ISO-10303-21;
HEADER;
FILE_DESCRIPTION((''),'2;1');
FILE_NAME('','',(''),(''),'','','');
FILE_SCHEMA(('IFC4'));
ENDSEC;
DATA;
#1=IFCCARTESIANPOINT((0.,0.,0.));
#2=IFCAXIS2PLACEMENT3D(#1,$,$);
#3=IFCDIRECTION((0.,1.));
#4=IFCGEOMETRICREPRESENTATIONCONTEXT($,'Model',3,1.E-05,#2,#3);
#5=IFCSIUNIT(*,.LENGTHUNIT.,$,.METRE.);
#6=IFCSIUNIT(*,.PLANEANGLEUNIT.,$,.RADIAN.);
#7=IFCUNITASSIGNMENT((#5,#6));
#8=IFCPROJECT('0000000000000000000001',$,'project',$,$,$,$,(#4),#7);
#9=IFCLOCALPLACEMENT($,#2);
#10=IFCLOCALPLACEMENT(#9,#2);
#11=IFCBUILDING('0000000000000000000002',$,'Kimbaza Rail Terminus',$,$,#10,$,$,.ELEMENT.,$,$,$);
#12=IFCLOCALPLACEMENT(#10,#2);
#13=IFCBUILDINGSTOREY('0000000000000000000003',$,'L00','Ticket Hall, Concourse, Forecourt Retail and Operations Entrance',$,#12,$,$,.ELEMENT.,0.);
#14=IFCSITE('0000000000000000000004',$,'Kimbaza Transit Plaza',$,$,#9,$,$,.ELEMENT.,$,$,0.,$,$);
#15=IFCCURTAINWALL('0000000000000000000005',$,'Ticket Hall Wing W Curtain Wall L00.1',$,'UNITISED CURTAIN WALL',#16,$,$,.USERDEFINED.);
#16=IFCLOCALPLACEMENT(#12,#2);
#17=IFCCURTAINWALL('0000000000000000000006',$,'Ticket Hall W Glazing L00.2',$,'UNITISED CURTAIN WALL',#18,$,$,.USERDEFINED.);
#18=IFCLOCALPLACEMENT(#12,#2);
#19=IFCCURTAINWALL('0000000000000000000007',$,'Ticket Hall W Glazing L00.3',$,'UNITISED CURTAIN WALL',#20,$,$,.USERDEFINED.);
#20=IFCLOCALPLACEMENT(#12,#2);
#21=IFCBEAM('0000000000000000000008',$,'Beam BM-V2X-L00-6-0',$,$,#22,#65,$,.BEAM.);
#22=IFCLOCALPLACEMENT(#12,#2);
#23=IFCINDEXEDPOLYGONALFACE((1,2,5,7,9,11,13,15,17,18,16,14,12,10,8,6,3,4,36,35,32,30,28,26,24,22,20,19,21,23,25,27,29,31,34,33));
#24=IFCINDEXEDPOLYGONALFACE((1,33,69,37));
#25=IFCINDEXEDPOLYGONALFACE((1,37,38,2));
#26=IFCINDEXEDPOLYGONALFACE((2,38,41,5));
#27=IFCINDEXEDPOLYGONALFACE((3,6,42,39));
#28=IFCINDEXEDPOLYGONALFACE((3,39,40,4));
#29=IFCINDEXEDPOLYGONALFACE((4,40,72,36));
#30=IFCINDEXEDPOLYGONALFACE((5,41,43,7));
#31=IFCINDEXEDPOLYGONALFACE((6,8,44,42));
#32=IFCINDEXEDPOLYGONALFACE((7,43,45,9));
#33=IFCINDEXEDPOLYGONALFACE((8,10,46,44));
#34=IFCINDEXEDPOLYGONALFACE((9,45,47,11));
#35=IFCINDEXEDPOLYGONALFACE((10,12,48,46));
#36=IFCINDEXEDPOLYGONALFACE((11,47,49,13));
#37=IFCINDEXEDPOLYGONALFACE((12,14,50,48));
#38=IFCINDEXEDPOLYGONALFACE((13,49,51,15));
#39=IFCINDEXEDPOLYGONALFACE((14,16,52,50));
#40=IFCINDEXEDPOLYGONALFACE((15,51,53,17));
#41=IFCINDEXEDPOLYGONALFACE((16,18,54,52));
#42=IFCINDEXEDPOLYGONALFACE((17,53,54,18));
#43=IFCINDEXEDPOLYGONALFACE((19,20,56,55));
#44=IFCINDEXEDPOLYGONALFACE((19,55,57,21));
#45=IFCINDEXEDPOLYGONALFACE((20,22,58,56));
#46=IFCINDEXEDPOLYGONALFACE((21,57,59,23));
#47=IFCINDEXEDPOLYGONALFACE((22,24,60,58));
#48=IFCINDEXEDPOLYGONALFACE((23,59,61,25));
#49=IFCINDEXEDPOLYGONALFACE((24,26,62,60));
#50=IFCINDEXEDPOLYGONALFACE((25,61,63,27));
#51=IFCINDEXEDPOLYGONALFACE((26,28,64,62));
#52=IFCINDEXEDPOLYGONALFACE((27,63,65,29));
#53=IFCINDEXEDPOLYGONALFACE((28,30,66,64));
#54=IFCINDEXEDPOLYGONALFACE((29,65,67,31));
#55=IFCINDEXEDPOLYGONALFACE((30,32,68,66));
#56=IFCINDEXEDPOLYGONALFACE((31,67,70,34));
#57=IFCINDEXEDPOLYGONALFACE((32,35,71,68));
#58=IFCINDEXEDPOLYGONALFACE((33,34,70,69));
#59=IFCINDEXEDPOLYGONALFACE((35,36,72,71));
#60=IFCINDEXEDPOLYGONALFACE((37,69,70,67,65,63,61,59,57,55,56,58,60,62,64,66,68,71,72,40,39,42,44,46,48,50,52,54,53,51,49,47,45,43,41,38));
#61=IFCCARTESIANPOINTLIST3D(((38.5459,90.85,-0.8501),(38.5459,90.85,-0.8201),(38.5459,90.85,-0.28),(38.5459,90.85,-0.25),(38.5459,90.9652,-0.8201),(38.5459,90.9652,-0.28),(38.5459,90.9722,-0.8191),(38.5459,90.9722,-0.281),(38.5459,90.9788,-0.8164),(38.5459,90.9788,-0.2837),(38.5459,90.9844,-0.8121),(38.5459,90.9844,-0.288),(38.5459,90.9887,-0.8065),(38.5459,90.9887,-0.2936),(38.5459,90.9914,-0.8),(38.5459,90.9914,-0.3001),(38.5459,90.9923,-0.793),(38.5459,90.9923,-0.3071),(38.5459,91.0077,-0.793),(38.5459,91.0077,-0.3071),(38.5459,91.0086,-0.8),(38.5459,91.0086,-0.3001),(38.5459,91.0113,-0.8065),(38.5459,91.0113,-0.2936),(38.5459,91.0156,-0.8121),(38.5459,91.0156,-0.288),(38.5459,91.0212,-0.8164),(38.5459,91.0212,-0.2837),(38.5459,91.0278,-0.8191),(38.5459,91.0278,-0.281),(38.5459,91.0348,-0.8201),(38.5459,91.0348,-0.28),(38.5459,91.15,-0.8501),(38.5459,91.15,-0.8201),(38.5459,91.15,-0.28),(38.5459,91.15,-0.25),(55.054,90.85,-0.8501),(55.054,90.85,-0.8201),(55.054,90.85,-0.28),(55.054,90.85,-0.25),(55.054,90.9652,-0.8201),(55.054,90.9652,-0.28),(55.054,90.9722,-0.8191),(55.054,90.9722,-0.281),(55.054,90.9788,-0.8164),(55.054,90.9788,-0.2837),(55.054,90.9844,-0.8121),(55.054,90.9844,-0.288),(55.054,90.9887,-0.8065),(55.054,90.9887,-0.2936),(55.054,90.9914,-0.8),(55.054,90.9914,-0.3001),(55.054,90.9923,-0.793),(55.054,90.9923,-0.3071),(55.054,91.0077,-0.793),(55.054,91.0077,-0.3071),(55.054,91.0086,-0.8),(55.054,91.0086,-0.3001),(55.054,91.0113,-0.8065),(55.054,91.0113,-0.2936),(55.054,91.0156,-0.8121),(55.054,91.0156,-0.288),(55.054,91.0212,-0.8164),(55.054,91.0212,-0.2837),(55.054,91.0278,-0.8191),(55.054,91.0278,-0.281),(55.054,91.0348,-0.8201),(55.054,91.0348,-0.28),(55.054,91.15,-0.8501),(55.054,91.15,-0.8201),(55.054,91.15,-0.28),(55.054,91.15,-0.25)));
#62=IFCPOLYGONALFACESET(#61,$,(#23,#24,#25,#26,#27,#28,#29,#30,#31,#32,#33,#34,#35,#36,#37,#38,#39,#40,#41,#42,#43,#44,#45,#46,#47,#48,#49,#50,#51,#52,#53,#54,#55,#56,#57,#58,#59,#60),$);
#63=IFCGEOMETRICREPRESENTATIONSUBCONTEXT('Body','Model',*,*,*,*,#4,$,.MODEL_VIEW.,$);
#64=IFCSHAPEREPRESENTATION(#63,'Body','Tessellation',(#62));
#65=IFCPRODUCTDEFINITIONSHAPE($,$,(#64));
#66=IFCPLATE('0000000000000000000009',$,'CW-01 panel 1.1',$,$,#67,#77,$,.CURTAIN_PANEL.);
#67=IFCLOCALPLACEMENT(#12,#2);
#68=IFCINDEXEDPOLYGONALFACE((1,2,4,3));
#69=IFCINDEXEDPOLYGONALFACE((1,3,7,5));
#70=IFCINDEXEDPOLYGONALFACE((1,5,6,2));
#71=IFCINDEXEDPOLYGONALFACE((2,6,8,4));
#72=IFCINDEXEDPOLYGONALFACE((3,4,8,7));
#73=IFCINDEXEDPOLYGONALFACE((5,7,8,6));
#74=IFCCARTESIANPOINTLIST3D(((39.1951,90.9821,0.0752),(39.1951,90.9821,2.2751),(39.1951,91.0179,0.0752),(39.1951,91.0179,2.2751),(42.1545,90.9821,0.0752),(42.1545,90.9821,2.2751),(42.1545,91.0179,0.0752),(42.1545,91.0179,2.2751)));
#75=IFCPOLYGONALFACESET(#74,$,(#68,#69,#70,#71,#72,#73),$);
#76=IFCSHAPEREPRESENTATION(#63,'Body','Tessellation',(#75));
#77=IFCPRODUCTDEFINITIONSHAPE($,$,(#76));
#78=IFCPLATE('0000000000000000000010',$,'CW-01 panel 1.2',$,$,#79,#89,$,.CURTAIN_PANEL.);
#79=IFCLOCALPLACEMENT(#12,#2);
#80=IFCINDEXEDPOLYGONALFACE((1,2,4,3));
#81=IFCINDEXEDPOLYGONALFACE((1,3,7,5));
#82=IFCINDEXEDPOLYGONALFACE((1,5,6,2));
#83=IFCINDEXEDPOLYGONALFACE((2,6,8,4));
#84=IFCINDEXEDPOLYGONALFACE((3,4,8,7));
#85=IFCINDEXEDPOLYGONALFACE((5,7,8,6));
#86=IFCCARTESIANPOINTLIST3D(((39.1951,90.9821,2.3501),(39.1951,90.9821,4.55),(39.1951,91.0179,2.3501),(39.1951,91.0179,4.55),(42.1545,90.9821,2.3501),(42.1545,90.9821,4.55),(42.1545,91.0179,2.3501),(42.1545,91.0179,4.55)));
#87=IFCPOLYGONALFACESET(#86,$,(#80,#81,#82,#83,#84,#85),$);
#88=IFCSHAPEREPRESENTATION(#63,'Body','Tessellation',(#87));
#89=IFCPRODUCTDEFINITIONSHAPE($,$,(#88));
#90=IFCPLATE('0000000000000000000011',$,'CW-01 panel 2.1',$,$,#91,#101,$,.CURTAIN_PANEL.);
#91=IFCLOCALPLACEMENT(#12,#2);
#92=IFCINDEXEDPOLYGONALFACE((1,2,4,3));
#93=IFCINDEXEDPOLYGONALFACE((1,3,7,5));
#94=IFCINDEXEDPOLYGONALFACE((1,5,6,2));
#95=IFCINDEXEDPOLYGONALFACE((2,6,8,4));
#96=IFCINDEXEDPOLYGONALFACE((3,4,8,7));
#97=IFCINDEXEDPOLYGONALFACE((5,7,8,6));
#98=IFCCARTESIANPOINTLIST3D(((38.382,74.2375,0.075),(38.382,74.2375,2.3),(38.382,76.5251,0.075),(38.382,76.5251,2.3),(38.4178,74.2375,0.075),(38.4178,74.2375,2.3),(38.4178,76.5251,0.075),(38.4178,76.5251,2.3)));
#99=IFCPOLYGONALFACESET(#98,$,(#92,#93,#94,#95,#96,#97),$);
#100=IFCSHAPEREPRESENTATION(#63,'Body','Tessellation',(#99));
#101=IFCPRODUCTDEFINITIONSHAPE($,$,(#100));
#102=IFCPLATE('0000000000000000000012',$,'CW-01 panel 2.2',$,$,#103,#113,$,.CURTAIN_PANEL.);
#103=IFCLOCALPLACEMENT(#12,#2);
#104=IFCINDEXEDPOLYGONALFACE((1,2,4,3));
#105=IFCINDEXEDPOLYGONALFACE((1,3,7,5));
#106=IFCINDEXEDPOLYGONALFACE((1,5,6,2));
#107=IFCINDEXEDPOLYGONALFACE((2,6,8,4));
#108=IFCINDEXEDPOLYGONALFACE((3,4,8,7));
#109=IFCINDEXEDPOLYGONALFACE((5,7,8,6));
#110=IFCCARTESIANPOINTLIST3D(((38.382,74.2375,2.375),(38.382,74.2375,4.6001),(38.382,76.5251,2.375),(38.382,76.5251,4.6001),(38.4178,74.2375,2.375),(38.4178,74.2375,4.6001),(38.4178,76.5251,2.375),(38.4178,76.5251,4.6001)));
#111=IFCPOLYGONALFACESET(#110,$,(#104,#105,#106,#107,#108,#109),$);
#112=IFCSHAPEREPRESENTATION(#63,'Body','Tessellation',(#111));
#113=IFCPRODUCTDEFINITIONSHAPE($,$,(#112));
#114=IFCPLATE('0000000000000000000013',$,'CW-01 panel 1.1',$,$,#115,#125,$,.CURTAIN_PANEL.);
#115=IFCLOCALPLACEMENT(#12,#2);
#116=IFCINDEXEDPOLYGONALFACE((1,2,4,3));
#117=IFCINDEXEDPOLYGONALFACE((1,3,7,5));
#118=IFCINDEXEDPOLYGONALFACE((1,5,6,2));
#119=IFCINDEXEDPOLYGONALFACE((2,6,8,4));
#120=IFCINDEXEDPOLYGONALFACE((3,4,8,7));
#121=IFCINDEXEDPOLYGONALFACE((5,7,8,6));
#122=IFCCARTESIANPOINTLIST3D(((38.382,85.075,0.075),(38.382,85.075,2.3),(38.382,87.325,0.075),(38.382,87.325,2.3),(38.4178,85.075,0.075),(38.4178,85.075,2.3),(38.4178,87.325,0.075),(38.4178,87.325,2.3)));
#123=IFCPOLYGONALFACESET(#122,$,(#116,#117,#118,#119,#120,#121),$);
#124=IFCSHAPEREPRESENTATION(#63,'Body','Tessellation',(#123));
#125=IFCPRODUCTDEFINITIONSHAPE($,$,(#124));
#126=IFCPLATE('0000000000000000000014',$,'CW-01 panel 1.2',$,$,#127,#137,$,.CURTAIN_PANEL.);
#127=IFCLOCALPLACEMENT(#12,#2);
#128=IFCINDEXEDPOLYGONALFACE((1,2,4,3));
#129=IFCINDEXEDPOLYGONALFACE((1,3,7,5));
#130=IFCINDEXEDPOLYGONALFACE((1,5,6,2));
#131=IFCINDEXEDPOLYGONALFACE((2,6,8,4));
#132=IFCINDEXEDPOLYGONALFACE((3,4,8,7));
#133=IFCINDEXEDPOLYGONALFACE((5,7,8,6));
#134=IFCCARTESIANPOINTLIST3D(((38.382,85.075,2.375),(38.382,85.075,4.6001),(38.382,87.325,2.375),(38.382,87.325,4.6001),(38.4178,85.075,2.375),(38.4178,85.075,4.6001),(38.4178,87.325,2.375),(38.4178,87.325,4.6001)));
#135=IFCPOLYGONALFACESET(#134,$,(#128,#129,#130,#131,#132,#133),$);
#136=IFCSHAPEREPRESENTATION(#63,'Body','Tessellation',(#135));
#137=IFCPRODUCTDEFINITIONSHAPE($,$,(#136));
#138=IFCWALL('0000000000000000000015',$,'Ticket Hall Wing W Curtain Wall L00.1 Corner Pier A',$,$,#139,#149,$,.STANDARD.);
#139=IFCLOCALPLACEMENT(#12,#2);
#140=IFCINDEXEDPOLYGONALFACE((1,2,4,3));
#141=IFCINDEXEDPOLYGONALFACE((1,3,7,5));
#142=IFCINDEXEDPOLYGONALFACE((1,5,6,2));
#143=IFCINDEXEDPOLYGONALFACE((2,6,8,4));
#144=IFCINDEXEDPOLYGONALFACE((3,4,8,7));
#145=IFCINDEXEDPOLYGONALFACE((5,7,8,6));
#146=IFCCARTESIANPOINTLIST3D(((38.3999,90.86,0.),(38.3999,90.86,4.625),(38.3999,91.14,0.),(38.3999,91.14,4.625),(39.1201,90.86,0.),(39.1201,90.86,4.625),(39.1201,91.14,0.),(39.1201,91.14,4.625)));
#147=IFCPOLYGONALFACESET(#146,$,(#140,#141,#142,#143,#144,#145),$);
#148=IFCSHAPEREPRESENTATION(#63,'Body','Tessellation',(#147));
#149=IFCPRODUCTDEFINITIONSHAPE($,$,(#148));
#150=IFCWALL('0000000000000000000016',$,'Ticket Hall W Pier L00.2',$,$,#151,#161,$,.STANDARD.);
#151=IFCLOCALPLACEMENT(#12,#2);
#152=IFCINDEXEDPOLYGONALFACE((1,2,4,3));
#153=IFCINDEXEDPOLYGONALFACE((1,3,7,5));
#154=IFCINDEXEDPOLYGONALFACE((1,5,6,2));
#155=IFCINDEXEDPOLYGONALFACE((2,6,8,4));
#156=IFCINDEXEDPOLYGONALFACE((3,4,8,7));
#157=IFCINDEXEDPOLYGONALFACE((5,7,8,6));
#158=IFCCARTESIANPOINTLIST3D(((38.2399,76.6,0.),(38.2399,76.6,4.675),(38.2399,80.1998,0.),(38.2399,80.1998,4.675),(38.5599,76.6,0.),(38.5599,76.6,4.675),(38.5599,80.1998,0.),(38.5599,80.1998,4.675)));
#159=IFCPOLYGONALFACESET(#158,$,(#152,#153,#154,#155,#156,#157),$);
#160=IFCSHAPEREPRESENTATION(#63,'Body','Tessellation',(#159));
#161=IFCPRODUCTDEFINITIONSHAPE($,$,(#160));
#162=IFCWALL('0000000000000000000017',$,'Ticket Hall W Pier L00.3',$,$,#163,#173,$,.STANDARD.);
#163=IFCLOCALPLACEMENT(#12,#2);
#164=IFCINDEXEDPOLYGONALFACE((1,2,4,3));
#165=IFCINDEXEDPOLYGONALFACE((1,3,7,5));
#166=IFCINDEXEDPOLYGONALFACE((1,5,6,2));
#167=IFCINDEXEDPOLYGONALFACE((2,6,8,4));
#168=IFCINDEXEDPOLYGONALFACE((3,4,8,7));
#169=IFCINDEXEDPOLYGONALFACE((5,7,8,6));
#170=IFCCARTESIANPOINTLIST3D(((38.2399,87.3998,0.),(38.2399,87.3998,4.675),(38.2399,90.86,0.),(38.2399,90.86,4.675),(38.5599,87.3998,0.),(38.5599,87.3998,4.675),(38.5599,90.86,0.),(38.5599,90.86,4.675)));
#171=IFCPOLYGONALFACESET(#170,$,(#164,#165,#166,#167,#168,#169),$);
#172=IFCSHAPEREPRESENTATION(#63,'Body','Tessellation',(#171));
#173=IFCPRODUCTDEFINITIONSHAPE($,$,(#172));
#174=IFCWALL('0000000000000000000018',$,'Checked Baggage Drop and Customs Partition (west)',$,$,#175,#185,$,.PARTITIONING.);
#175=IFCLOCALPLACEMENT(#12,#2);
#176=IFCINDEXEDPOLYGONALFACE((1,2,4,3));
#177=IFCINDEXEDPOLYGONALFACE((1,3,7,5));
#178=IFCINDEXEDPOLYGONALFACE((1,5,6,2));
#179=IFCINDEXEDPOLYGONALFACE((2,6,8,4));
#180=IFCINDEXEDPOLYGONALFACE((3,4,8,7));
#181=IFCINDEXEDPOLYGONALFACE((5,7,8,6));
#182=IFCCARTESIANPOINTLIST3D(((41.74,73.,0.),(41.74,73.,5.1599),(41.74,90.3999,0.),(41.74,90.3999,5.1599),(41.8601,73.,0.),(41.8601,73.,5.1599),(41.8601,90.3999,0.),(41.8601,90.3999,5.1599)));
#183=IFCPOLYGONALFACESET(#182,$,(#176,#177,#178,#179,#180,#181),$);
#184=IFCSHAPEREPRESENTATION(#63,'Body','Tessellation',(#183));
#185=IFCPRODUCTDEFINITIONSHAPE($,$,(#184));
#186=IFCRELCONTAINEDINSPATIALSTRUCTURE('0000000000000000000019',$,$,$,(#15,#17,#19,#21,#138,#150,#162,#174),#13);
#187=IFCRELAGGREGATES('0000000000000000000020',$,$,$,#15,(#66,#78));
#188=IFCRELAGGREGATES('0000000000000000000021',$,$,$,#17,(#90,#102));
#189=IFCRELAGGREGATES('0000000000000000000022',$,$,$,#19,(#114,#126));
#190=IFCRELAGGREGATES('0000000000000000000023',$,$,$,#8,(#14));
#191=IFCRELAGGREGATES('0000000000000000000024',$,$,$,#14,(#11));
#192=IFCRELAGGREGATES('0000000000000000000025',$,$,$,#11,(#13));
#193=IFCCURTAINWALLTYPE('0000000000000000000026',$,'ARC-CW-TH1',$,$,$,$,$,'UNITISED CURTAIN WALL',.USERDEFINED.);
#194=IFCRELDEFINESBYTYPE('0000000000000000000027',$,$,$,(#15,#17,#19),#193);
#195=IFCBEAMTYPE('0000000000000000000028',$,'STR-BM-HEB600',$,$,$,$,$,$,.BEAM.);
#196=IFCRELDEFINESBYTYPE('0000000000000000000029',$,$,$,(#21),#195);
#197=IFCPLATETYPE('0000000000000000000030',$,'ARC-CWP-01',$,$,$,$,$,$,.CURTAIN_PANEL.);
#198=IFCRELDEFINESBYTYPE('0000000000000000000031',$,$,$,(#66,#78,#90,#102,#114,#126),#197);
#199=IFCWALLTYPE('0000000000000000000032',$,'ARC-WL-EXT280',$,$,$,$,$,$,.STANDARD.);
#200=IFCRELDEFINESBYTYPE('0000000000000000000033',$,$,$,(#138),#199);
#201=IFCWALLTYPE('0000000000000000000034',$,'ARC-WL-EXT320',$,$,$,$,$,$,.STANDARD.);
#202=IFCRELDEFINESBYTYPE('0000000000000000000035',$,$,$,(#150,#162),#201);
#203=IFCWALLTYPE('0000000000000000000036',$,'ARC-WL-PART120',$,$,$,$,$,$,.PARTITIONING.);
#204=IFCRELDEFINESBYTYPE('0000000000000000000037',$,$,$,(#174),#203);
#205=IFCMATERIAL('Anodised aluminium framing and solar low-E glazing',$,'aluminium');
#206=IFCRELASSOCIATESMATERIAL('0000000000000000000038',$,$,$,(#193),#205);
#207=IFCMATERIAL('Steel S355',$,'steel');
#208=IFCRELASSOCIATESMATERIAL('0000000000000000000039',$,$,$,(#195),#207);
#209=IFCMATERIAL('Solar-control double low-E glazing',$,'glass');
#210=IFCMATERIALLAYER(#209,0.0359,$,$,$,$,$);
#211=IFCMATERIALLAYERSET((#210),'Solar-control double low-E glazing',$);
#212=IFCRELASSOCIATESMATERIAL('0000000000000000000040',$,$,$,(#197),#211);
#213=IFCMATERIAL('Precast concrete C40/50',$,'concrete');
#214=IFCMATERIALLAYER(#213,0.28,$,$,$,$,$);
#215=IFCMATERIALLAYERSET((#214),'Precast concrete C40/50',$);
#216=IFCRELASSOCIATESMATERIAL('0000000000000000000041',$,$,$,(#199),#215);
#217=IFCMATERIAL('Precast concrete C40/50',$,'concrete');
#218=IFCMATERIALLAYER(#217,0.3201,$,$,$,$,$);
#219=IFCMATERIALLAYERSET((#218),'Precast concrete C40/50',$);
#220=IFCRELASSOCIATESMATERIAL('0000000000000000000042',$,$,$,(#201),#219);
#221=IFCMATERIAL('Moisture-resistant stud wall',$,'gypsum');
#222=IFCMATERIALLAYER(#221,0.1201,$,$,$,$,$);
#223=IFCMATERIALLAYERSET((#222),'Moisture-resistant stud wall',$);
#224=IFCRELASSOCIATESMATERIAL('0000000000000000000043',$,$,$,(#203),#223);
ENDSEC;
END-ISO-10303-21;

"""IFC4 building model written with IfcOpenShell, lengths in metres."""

from ifc_helpers import new_model, si_unit, direction, frame, frame_2d, origin, origin_2d, place, context, subcontext, project, spatial, rectangle, i_section, extrude, material, layer, layer_set, material_profile, profile_set, type_object, element, aggregate, save


model = new_model("IFC4")

# Units and contexts
model_context = context("Model", 3, precision=1e-05, world=origin(), true_north=direction((0.0, 1.0)))
body_context = subcontext(model_context, "Body", "Model", "MODEL_VIEW")
ifc_project = project(units=[si_unit("LENGTHUNIT", "METRE"), si_unit("PLANEANGLEUNIT", "RADIAN")], contexts=[model_context])

# Site, building, storey
site_placement = place(None, origin())
site = spatial("IfcSite", under=ifc_project, at=site_placement, Name="Kimbaza Transit Plaza", CompositionType="ELEMENT", RefElevation=0.0)
building_placement = place(site_placement, origin())
building = spatial("IfcBuilding", under=site, at=building_placement, Name="Kimbaza Rail Terminus", CompositionType="ELEMENT")
storey_placement = place(building_placement, origin())
storey = spatial("IfcBuildingStorey", under=building, at=storey_placement, Name="L00", Description="Ticket Hall, Concourse, Forecourt Retail and Operations Entrance", CompositionType="ELEMENT", Elevation=0.0)

# Curtain wall
ifc_material_1 = material(Name="Anodised aluminium framing and solar low-E glazing", Category="aluminium")
curtain_wall_type = type_object("IfcCurtainWallType", Name="ARC-CW-TH1", ElementType="UNITISED CURTAIN WALL", PredefinedType="USERDEFINED", material=ifc_material_1)
curtain_wall_1_placement = place(storey_placement, origin())
curtain_wall_1 = element("IfcCurtainWall", 1, at=curtain_wall_1_placement, inside=storey, type_object=curtain_wall_type, Name="Ticket Hall Wing W Curtain Wall L00.1", ObjectType="UNITISED CURTAIN WALL", PredefinedType="USERDEFINED")

# Curtain wall
curtain_wall_2_placement = place(storey_placement, origin())
curtain_wall_2 = element("IfcCurtainWall", 2, at=curtain_wall_2_placement, inside=storey, type_object=curtain_wall_type, Name="Ticket Hall W Glazing L00.2", ObjectType="UNITISED CURTAIN WALL", PredefinedType="USERDEFINED")

# Curtain wall
curtain_wall_3_placement = place(storey_placement, origin())
curtain_wall_3 = element("IfcCurtainWall", 3, at=curtain_wall_3_placement, inside=storey, type_object=curtain_wall_type, Name="Ticket Hall W Glazing L00.3", ObjectType="UNITISED CURTAIN WALL", PredefinedType="USERDEFINED")

# Beam
ifc_material_2 = material(Name="Steel S355", Category="steel")
ifc_material_profile_1 = material_profile(ifc_material_2, i_section(OverallWidth=0.3, OverallDepth=0.6001, WebThickness=0.0154, FlangeThickness=0.03, FilletRadius=0.0271, at=origin_2d()), Name="HEB 600")
ifc_profile_set_1 = profile_set([ifc_material_profile_1], Name="Steel S355")
beam_type_1 = type_object("IfcBeamType", Name="STR-BM-HEB600", PredefinedType="BEAM", material=ifc_profile_set_1)
for number, where, z_axis, x_axis, name in (
    (4, (38.5459, 91.0, -0.55), (1.0, 0.0, 0.0), (0.0, 1.0, 0.0), "Beam BM-V2X-L00-6-0"),
):
    element("IfcBeam", number, at=place(storey_placement, frame(where, z_axis=z_axis, x_axis=x_axis)), inside=storey, type_object=beam_type_1, Name=name, PredefinedType="BEAM", context=body_context, shape_type="SweptSolid", body=[
        extrude(i_section(OverallWidth=0.3, OverallDepth=0.6001, WebThickness=0.0154, FlangeThickness=0.03, FilletRadius=0.0271, at=origin_2d()), origin(), (0.0, 0.0, 1.0), 16.5081),
    ])

# Plates
ifc_material_3 = material(Name="Solar-control double low-E glazing", Category="glass")
ifc_layer_1 = layer(ifc_material_3, 0.0359)
ifc_layer_set_1 = layer_set([ifc_layer_1], Name="Solar-control double low-E glazing")
plate_type = type_object("IfcPlateType", Name="ARC-CWP-01", PredefinedType="CURTAIN_PANEL", material=ifc_layer_set_1)
plate_1_placement = place(storey_placement, frame((40.6748, 91.0, 0.0752), z_axis=(0.0, 0.0, 1.0), x_axis=(1.0, 0.0, 0.0)))
plate_1 = element("IfcPlate", 5, at=plate_1_placement, type_object=plate_type, Name="CW-01 panel 1.1", PredefinedType="CURTAIN_PANEL", context=body_context, shape_type="SweptSolid", body=[
    extrude(rectangle(XDim=2.9595, YDim=0.0359, at=origin_2d()), origin(), (0.0, 0.0, 1.0), 2.2),
])
plate_2_placement = place(storey_placement, frame((40.6748, 91.0, 2.3501), z_axis=(0.0, 0.0, 1.0), x_axis=(1.0, 0.0, 0.0)))
plate_2 = element("IfcPlate", 6, at=plate_2_placement, type_object=plate_type, Name="CW-01 panel 1.2", PredefinedType="CURTAIN_PANEL", context=body_context, shape_type="SweptSolid", body=[
    extrude(rectangle(XDim=2.9595, YDim=0.0359, at=origin_2d()), origin(), (0.0, 0.0, 1.0), 2.2),
])
aggregate(curtain_wall_1, [plate_1, plate_2])
plate_3_placement = place(storey_placement, frame((38.3999, 75.3813, 0.075), z_axis=(0.0, 0.0, 1.0), x_axis=(0.0, 1.0, 0.0)))
plate_3 = element("IfcPlate", 7, at=plate_3_placement, type_object=plate_type, Name="CW-01 panel 2.1", PredefinedType="CURTAIN_PANEL", context=body_context, shape_type="SweptSolid", body=[
    extrude(rectangle(XDim=2.2876, YDim=0.0359, at=origin_2d()), origin(), (0.0, 0.0, 1.0), 2.2251),
])
plate_4_placement = place(storey_placement, frame((38.3999, 75.3813, 2.375), z_axis=(0.0, 0.0, 1.0), x_axis=(0.0, 1.0, 0.0)))
plate_4 = element("IfcPlate", 8, at=plate_4_placement, type_object=plate_type, Name="CW-01 panel 2.2", PredefinedType="CURTAIN_PANEL", context=body_context, shape_type="SweptSolid", body=[
    extrude(rectangle(XDim=2.2876, YDim=0.0359, at=origin_2d()), origin(), (0.0, 0.0, 1.0), 2.2251),
])
aggregate(curtain_wall_2, [plate_3, plate_4])
plate_5_placement = place(storey_placement, frame((38.3999, 86.2, 0.075), z_axis=(0.0, 0.0, 1.0), x_axis=(0.0, 1.0, 0.0)))
plate_5 = element("IfcPlate", 9, at=plate_5_placement, type_object=plate_type, Name="CW-01 panel 1.1", PredefinedType="CURTAIN_PANEL", context=body_context, shape_type="SweptSolid", body=[
    extrude(rectangle(XDim=2.25, YDim=0.0359, at=origin_2d()), origin(), (0.0, 0.0, 1.0), 2.2251),
])
plate_6_placement = place(storey_placement, frame((38.3999, 86.2, 2.375), z_axis=(0.0, 0.0, 1.0), x_axis=(0.0, 1.0, 0.0)))
plate_6 = element("IfcPlate", 10, at=plate_6_placement, type_object=plate_type, Name="CW-01 panel 1.2", PredefinedType="CURTAIN_PANEL", context=body_context, shape_type="SweptSolid", body=[
    extrude(rectangle(XDim=2.25, YDim=0.0359, at=origin_2d()), origin(), (0.0, 0.0, 1.0), 2.2251),
])
aggregate(curtain_wall_3, [plate_5, plate_6])

# Walls
ifc_material_4 = material(Name="Precast concrete C40/50", Category="concrete")
ifc_layer_2 = layer(ifc_material_4, 0.28)
ifc_layer_set_2 = layer_set([ifc_layer_2], Name="Precast concrete C40/50")
wall_type_1 = type_object("IfcWallType", Name="ARC-WL-EXT280", PredefinedType="STANDARD", material=ifc_layer_set_2)
wall_1_placement = place(storey_placement, frame((38.3999, 91.0, 0.0), z_axis=(0.0, 0.0, 1.0), x_axis=(1.0, 0.0, 0.0)))
element("IfcWall", 11, at=wall_1_placement, inside=storey, type_object=wall_type_1, Name="Ticket Hall Wing W Curtain Wall L00.1 Corner Pier A", PredefinedType="STANDARD", context=body_context, shape_type="SweptSolid", body=[
    extrude(rectangle(XDim=0.7202, YDim=0.28, at=frame_2d((0.3601, 0.0))), origin(), (0.0, 0.0, 1.0), 4.625),
])
ifc_material_5 = material(Name="Precast concrete C40/50", Category="concrete")
ifc_layer_3 = layer(ifc_material_5, 0.3201)
ifc_layer_set_3 = layer_set([ifc_layer_3], Name="Precast concrete C40/50")
wall_type_2 = type_object("IfcWallType", Name="ARC-WL-EXT320", PredefinedType="STANDARD", material=ifc_layer_set_3)
wall_2_placement = place(storey_placement, frame((38.3999, 76.6001, 0.0), z_axis=(0.0, 0.0, 1.0), x_axis=(0.0, 1.0, 0.0)))
element("IfcWall", 12, at=wall_2_placement, inside=storey, type_object=wall_type_2, Name="Ticket Hall W Pier L00.2", PredefinedType="STANDARD", context=body_context, shape_type="SweptSolid", body=[
    extrude(rectangle(XDim=3.5999, YDim=0.3201, at=frame_2d((1.7998, 0.0))), origin(), (0.0, 0.0, 1.0), 4.675),
])

# Walls
wall_3_placement = place(storey_placement, frame((38.3999, 87.3999, 0.0), z_axis=(0.0, 0.0, 1.0), x_axis=(0.0, 1.0, 0.0)))
element("IfcWall", 13, at=wall_3_placement, inside=storey, type_object=wall_type_2, Name="Ticket Hall W Pier L00.3", PredefinedType="STANDARD", context=body_context, shape_type="SweptSolid", body=[
    extrude(rectangle(XDim=3.4602, YDim=0.3201, at=frame_2d((1.73, 0.0))), origin(), (0.0, 0.0, 1.0), 4.675),
])
ifc_material_6 = material(Name="Moisture-resistant stud wall", Category="gypsum")
ifc_layer_4 = layer(ifc_material_6, 0.1201)
ifc_layer_set_4 = layer_set([ifc_layer_4], Name="Moisture-resistant stud wall")
wall_type_3 = type_object("IfcWallType", Name="ARC-WL-PART120", PredefinedType="PARTITIONING", material=ifc_layer_set_4)
wall_4_placement = place(storey_placement, frame((41.8, 90.3999, 0.0), z_axis=(0.0, 0.0, 1.0), x_axis=(0.0, -1.0, 0.0)))
element("IfcWall", 14, at=wall_4_placement, inside=storey, type_object=wall_type_3, Name="Checked Baggage Drop and Customs Partition (west)", PredefinedType="PARTITIONING", context=body_context, shape_type="SweptSolid", body=[
    extrude(rectangle(XDim=17.3999, YDim=0.1201, at=frame_2d((8.7, 0.0))), origin(), (0.0, 0.0, 1.0), 5.1599),
])

save(model, "model.ifc")
